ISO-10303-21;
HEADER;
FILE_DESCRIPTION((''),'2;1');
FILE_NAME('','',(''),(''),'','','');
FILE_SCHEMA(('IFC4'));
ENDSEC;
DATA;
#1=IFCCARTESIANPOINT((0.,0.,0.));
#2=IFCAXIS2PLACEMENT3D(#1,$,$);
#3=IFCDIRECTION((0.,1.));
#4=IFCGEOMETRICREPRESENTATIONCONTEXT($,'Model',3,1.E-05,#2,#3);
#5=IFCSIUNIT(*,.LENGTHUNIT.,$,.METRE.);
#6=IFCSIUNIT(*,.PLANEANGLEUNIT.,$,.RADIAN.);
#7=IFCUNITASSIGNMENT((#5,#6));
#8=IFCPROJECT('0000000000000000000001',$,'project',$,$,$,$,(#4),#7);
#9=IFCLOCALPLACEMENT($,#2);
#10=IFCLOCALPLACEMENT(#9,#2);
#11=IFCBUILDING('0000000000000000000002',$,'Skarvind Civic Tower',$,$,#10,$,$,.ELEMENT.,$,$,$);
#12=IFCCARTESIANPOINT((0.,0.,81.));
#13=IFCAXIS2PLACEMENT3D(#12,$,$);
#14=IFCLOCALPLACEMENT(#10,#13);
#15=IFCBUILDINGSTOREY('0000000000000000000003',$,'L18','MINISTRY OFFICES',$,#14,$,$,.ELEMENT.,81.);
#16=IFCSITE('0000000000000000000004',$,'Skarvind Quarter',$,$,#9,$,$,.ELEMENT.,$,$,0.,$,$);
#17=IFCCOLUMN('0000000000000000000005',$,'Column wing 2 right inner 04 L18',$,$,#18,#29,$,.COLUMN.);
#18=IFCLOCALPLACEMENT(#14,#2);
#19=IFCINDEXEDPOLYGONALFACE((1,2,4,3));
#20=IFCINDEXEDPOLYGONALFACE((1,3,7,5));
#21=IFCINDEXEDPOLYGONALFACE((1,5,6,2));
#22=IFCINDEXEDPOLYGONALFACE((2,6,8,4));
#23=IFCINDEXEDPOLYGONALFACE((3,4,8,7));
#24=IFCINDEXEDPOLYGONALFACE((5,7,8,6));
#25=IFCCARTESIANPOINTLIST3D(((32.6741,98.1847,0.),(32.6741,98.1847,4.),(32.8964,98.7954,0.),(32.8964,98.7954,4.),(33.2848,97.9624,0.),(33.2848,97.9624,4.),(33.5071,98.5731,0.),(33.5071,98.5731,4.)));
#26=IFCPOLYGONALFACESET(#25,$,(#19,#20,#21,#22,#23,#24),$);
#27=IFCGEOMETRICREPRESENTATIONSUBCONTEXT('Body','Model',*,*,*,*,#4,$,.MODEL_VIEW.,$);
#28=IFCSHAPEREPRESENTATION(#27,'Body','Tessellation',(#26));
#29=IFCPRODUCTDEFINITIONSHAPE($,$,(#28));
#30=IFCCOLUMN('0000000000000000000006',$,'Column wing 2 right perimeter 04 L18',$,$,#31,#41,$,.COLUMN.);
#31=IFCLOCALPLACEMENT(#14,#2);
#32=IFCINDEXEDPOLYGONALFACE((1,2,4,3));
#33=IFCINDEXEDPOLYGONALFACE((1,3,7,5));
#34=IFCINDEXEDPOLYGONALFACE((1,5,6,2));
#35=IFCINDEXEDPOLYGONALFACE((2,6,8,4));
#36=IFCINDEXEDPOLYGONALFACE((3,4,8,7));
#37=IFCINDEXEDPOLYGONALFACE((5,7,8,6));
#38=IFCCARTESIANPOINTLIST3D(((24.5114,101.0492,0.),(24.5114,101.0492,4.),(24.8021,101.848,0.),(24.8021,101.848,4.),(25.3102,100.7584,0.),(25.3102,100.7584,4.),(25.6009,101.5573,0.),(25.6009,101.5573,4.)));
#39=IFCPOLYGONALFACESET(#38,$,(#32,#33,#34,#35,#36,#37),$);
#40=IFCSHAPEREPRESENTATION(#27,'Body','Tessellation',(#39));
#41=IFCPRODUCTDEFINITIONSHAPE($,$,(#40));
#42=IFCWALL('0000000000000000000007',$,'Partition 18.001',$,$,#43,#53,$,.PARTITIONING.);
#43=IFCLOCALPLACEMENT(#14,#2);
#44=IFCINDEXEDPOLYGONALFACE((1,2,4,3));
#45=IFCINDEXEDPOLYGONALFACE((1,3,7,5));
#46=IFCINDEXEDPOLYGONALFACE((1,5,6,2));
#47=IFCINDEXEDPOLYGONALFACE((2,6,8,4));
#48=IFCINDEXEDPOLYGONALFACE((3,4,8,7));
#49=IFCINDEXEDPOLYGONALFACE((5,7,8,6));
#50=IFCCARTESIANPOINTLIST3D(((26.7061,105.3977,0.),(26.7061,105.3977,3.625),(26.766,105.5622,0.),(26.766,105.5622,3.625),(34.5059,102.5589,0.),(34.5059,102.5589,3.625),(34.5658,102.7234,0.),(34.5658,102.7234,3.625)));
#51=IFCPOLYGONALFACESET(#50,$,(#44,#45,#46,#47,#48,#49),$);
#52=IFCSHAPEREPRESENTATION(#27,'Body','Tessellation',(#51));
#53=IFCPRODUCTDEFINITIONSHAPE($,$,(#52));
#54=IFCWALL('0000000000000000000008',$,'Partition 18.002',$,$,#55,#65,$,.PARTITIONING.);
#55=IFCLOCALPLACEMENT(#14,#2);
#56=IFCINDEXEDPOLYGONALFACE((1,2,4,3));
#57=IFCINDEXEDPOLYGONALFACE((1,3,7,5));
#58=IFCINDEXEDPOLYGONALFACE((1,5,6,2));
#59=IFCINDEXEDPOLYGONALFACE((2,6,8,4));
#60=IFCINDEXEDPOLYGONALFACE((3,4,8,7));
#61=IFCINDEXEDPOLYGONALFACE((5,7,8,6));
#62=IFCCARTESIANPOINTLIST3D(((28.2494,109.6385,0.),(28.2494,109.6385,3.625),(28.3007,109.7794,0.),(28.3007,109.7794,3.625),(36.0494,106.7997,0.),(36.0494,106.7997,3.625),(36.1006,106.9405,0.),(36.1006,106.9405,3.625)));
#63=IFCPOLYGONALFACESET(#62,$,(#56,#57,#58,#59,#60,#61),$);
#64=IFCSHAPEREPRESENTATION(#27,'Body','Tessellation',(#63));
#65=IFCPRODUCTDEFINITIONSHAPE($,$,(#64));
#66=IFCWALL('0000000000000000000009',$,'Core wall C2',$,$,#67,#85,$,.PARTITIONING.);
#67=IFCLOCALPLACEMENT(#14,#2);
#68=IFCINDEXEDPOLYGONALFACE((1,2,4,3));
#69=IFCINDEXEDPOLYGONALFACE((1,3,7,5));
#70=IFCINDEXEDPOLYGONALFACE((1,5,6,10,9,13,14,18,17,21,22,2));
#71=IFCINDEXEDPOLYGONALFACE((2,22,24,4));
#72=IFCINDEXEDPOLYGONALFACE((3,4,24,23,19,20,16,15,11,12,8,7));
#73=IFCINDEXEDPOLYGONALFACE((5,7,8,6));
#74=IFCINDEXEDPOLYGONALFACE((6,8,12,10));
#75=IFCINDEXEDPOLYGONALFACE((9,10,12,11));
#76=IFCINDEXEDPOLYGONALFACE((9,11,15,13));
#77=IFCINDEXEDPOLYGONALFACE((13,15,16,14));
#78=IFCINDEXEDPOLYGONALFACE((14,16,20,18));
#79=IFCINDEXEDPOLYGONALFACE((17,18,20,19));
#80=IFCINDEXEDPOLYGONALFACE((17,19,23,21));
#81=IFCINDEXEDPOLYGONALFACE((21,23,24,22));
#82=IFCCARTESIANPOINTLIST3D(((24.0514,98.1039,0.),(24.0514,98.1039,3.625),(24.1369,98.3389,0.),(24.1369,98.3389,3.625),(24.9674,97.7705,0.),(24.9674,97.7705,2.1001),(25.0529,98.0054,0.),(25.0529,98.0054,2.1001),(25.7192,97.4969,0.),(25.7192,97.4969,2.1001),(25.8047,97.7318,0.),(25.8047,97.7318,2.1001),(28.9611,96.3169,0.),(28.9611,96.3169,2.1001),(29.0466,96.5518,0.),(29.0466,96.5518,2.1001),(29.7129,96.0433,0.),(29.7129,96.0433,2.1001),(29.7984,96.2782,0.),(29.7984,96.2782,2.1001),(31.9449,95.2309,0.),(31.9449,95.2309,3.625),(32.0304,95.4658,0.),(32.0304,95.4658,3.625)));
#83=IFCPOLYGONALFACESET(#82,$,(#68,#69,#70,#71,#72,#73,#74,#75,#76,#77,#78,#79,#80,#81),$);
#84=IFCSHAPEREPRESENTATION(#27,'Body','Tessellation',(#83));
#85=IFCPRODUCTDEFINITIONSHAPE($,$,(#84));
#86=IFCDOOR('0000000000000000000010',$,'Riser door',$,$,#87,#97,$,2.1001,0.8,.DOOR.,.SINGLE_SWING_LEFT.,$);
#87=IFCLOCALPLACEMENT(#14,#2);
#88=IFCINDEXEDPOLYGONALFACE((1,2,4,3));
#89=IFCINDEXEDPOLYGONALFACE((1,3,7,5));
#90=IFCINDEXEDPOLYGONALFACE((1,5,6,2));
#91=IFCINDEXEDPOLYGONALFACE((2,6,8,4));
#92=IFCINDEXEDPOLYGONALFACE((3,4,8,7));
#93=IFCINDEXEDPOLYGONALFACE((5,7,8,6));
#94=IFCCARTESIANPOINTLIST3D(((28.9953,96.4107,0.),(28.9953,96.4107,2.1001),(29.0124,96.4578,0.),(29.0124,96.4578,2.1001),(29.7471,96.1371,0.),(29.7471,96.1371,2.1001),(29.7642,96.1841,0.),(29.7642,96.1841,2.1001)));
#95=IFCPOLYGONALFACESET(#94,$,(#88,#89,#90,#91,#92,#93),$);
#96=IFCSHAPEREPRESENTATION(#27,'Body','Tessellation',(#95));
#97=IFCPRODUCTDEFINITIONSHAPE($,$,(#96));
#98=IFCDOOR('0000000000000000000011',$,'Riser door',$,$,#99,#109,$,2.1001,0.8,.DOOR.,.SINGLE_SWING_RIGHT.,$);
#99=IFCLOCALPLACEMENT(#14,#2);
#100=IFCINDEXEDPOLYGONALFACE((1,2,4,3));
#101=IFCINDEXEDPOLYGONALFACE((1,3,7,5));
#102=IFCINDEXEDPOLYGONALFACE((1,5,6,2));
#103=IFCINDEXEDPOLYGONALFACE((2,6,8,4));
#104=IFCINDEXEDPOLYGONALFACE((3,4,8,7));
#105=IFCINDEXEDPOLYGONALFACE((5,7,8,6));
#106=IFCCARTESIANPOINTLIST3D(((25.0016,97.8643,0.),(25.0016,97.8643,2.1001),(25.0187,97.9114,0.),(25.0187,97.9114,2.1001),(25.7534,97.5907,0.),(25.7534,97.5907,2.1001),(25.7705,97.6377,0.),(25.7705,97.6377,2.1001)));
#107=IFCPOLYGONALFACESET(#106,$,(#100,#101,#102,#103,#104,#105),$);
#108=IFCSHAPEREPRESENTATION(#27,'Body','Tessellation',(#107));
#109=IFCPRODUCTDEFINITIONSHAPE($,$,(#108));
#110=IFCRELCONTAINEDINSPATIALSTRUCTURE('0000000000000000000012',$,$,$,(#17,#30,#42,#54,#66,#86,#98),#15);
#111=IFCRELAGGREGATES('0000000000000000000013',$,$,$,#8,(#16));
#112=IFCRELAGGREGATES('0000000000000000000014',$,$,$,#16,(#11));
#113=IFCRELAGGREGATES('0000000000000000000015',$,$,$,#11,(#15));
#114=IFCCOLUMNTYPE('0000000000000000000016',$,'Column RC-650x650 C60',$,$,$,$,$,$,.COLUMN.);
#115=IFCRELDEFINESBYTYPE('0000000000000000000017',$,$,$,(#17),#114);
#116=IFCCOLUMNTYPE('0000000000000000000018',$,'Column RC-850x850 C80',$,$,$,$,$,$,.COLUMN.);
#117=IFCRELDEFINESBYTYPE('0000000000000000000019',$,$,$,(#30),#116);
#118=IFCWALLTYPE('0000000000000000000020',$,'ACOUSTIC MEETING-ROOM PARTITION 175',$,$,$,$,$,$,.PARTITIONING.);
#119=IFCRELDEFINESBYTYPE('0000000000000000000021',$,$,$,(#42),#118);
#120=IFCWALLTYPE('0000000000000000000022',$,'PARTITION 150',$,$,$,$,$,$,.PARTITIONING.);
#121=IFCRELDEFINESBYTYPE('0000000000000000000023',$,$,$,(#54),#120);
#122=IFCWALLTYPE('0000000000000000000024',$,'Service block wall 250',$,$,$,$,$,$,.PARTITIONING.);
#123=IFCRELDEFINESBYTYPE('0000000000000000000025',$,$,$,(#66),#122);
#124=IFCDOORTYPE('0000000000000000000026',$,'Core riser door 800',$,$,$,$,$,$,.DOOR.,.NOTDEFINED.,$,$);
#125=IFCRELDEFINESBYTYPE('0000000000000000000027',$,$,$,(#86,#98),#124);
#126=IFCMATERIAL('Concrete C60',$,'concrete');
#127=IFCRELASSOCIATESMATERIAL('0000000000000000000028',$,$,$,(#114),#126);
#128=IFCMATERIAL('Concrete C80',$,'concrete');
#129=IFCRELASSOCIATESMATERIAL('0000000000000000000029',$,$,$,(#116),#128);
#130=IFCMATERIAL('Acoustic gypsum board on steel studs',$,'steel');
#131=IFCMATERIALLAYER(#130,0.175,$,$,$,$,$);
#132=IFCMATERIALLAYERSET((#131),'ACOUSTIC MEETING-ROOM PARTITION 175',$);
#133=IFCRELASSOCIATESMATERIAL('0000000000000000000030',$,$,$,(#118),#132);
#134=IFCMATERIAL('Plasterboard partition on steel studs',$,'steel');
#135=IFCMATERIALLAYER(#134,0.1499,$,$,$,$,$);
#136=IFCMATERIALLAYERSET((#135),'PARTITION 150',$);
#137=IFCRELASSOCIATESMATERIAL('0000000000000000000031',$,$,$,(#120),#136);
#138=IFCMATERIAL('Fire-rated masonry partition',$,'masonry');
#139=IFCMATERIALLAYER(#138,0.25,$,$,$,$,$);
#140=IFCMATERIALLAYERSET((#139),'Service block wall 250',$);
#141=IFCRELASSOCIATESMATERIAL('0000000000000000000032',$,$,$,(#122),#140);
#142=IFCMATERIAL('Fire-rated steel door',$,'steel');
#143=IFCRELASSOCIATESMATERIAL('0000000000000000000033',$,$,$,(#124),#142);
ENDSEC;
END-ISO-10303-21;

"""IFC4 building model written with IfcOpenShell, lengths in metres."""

from ifc_helpers import new_model, si_unit, direction, frame, frame_2d, origin, origin_2d, place, context, subcontext, project, spatial, rectangle, extrude, material, layer, layer_set, material_profile, profile_set, type_object, element, fill, save


model = new_model("IFC4")

# Units and contexts
model_context = context("Model", 3, precision=1e-05, world=origin(), true_north=direction((0.0, 1.0)))
body_context = subcontext(model_context, "Body", "Model", "MODEL_VIEW")
ifc_project = project(units=[si_unit("LENGTHUNIT", "METRE"), si_unit("PLANEANGLEUNIT", "RADIAN")], contexts=[model_context])

# Site, building, storey
site_placement = place(None, origin())
site = spatial("IfcSite", under=ifc_project, at=site_placement, Name="Skarvind Quarter", CompositionType="ELEMENT", RefElevation=0.0)
building_placement = place(site_placement, origin())
building = spatial("IfcBuilding", under=site, at=building_placement, Name="Skarvind Civic Tower", CompositionType="ELEMENT")
storey_placement = place(building_placement, frame((0.0, 0.0, 81.0)))
storey = spatial("IfcBuildingStorey", under=building, at=storey_placement, Name="L18", Description="MINISTRY OFFICES", CompositionType="ELEMENT", Elevation=81.0)

# Columns
ifc_material_1 = material(Name="Concrete C60", Category="concrete")
ifc_material_profile_1 = material_profile(ifc_material_1, rectangle(XDim=0.6499, YDim=0.6499, at=origin_2d()), Name="RC-650x650")
ifc_profile_set_1 = profile_set([ifc_material_profile_1], Name="Concrete C60")
column_type_1 = type_object("IfcColumnType", Name="Column RC-650x650 C60", PredefinedType="COLUMN", material=ifc_profile_set_1)
column_1_placement = place(storey_placement, frame((33.0906, 98.3789, 0.0), z_axis=(0.0, 0.0, 1.0), x_axis=(-0.34202, -0.939693, 0.0)))
element("IfcColumn", 1, at=column_1_placement, inside=storey, type_object=column_type_1, Name="Column wing 2 right inner 04 L18", PredefinedType="COLUMN", context=body_context, shape_type="SweptSolid", body=[
    extrude(rectangle(XDim=0.6499, YDim=0.6499, at=origin_2d()), origin(), (0.0, 0.0, 1.0), 4.0),
])
ifc_material_2 = material(Name="Concrete C80", Category="concrete")
ifc_material_profile_2 = material_profile(ifc_material_2, rectangle(XDim=0.8501, YDim=0.8501, at=origin_2d()), Name="RC-850x850")
ifc_profile_set_2 = profile_set([ifc_material_profile_2], Name="Concrete C80")
column_type_2 = type_object("IfcColumnType", Name="Column RC-850x850 C80", PredefinedType="COLUMN", material=ifc_profile_set_2)
column_2_placement = place(storey_placement, frame((25.0562, 101.3032, 0.0), z_axis=(0.0, 0.0, 1.0), x_axis=(-0.34202, -0.939693, 0.0)))
element("IfcColumn", 2, at=column_2_placement, inside=storey, type_object=column_type_2, Name="Column wing 2 right perimeter 04 L18", PredefinedType="COLUMN", context=body_context, shape_type="SweptSolid", body=[
    extrude(rectangle(XDim=0.8501, YDim=0.8501, at=origin_2d()), origin(), (0.0, 0.0, 1.0), 4.0),
])

# Walls
ifc_material_3 = material(Name="Acoustic gypsum board on steel studs", Category="steel")
ifc_layer_1 = layer(ifc_material_3, 0.175)
ifc_layer_set_1 = layer_set([ifc_layer_1], Name="ACOUSTIC MEETING-ROOM PARTITION 175")
wall_type_1 = type_object("IfcWallType", Name="ACOUSTIC MEETING-ROOM PARTITION 175", PredefinedType="PARTITIONING", material=ifc_layer_set_1)
wall_1_placement = place(storey_placement, frame((26.7361, 105.48, 0.0), z_axis=(0.0, 0.0, 1.0), x_axis=(0.939694, -0.342017, 0.0)))
element("IfcWall", 3, at=wall_1_placement, inside=storey, type_object=wall_type_1, Name="Partition 18.001", PredefinedType="PARTITIONING", context=body_context, shape_type="SweptSolid", body=[
    extrude(rectangle(XDim=8.3003, YDim=0.175, at=frame_2d((4.1501, 0.0))), origin(), (0.0, 0.0, 1.0), 3.625),
])
ifc_material_4 = material(Name="Plasterboard partition on steel studs", Category="steel")
ifc_layer_2 = layer(ifc_material_4, 0.1499)
ifc_layer_set_2 = layer_set([ifc_layer_2], Name="PARTITION 150")
wall_type_2 = type_object("IfcWallType", Name="PARTITION 150", PredefinedType="PARTITIONING", material=ifc_layer_set_2)
wall_2_placement = place(storey_placement, frame((28.2749, 109.709, 0.0), z_axis=(0.0, 0.0, 1.0), x_axis=(0.939697, -0.342008, 0.0)))
element("IfcWall", 4, at=wall_2_placement, inside=storey, type_object=wall_type_2, Name="Partition 18.002", PredefinedType="PARTITIONING", context=body_context, shape_type="SweptSolid", body=[
    extrude(rectangle(XDim=8.3005, YDim=0.1499, at=frame_2d((4.1504, 0.0))), origin(), (0.0, 0.0, 1.0), 3.625),
])

# Wall, openings, doors
ifc_material_5 = material(Name="Fire-rated masonry partition", Category="masonry")
ifc_layer_3 = layer(ifc_material_5, 0.25)
ifc_layer_set_3 = layer_set([ifc_layer_3], Name="Service block wall 250")
wall_type_3 = type_object("IfcWallType", Name="Service block wall 250", PredefinedType="PARTITIONING", material=ifc_layer_set_3)
wall_3_placement = place(storey_placement, frame((24.094, 98.2214, 0.0), z_axis=(0.0, 0.0, 1.0), x_axis=(0.939692, -0.342023, 0.0)))
wall_3 = element("IfcWall", 5, at=wall_3_placement, inside=storey, type_object=wall_type_3, Name="Core wall C2", PredefinedType="PARTITIONING", context=body_context, shape_type="SweptSolid", body=[
    extrude(rectangle(XDim=8.4001, YDim=0.25, at=frame_2d((4.2002, 0.0))), origin(), (0.0, 0.0, 1.0), 3.625),
])
opening_1_placement = place(wall_3_placement, frame((5.2251, 0.0, 0.0)))
opening_1 = element("IfcOpeningElement", 6, at=opening_1_placement, cuts=wall_3, PredefinedType="OPENING", context=body_context, shape_type="SweptSolid", body=[
    extrude(rectangle(XDim=0.8, YDim=2.1001, at=frame_2d((0.3999, 1.05))), frame((0.0, 0.135, 0.0), z_axis=(0.0, -1.0, 0.0), x_axis=(1.0, 0.0, 0.0)), (0.0, 0.0, 1.0), 0.27),
])
opening_2_placement = place(wall_3_placement, frame((0.9751, 0.0, 0.0)))
opening_2 = element("IfcOpeningElement", 7, at=opening_2_placement, cuts=wall_3, PredefinedType="OPENING", context=body_context, shape_type="SweptSolid", body=[
    extrude(rectangle(XDim=0.8, YDim=2.1001, at=frame_2d((0.3999, 1.05))), frame((0.0, 0.135, 0.0), z_axis=(0.0, -1.0, 0.0), x_axis=(1.0, 0.0, 0.0)), (0.0, 0.0, 1.0), 0.27),
])
ifc_material_6 = material(Name="Fire-rated steel door", Category="steel")
door_type_1 = type_object("IfcDoorType", Name="Core riser door 800", OperationType="NOTDEFINED", PredefinedType="DOOR", material=ifc_material_6)
door_1_placement = place(opening_1_placement, origin())
door_1 = element("IfcDoor", 8, at=door_1_placement, inside=storey, type_object=door_type_1, Name="Riser door", OperationType="SINGLE_SWING_LEFT", OverallHeight=2.1001, OverallWidth=0.8, PredefinedType="DOOR", context=body_context, shape_type="SweptSolid", body=[
    extrude(rectangle(XDim=0.8, YDim=2.1001, at=frame_2d((0.3999, 1.05))), frame((0.0, 0.0249, 0.0), z_axis=(0.0, -1.0, 0.0), x_axis=(1.0, 0.0, 0.0)), (0.0, 0.0, 1.0), 0.05),
])
fill(opening_1, door_1)
door_2_placement = place(opening_2_placement, origin())
door_2 = element("IfcDoor", 9, at=door_2_placement, inside=storey, type_object=door_type_1, Name="Riser door", OperationType="SINGLE_SWING_RIGHT", OverallHeight=2.1001, OverallWidth=0.8, PredefinedType="DOOR", context=body_context, shape_type="SweptSolid", body=[
    extrude(rectangle(XDim=0.8, YDim=2.1001, at=frame_2d((0.3999, 1.05))), frame((0.0, 0.0249, 0.0), z_axis=(0.0, -1.0, 0.0), x_axis=(1.0, 0.0, 0.0)), (0.0, 0.0, 1.0), 0.05),
])
fill(opening_2, door_2)

save(model, "model.ifc")
